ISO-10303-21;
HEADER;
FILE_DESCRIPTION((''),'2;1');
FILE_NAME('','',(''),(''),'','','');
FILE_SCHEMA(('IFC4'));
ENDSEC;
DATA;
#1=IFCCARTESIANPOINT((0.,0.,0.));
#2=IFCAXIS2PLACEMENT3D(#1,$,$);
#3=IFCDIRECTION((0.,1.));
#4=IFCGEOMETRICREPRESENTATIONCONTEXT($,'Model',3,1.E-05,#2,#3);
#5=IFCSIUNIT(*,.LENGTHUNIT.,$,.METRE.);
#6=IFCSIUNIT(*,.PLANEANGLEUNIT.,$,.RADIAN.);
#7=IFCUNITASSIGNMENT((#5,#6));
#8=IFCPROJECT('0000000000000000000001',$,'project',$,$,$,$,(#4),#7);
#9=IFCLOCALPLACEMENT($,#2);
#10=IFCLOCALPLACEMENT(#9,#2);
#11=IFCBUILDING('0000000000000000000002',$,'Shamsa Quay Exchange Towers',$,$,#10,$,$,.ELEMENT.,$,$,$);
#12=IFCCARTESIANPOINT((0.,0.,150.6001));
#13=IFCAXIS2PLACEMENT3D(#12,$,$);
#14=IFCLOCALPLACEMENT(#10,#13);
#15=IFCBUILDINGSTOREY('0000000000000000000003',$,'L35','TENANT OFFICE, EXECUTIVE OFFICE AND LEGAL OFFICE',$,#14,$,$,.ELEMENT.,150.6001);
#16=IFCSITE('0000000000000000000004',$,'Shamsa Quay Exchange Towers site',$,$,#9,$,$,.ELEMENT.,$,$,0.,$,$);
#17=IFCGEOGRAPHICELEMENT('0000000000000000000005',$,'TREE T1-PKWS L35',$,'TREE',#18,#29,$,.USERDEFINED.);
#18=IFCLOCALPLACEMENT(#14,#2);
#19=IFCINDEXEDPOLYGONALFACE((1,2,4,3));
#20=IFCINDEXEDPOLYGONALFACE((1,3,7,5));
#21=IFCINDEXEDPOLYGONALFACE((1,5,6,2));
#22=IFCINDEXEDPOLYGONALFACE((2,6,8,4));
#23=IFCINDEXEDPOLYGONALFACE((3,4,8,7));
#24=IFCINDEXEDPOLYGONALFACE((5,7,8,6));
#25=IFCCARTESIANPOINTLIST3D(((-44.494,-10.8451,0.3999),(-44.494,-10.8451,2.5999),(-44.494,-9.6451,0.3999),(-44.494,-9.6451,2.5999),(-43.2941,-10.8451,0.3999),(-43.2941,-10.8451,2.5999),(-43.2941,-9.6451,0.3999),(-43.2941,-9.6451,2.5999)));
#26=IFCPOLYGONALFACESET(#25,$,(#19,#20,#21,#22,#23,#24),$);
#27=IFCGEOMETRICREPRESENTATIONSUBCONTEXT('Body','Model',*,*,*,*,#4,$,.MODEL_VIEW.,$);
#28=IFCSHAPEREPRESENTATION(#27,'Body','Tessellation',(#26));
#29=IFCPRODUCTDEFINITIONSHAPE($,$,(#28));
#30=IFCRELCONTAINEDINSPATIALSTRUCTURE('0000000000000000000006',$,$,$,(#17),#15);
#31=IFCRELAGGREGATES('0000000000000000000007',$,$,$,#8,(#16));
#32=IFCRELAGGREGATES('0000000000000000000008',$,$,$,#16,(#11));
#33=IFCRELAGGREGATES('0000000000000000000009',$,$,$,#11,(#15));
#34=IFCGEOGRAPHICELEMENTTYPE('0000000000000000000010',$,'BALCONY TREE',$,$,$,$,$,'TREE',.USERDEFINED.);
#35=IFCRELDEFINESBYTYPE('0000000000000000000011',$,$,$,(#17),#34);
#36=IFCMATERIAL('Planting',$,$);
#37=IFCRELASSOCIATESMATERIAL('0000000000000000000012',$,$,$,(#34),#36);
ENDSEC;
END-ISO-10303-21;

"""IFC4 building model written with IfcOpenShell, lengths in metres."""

from ifc_helpers import new_model, si_unit, direction, frame, origin, origin_2d, place, context, subcontext, project, spatial, rectangle, extrude, material, type_object, element, save


model = new_model("IFC4")

# Units and contexts
model_context = context("Model", 3, precision=1e-05, world=origin(), true_north=direction((0.0, 1.0)))
body_context = subcontext(model_context, "Body", "Model", "MODEL_VIEW")
ifc_project = project(units=[si_unit("LENGTHUNIT", "METRE"), si_unit("PLANEANGLEUNIT", "RADIAN")], contexts=[model_context])

# Site, building, storey
site_placement = place(None, origin())
site = spatial("IfcSite", under=ifc_project, at=site_placement, Name="Shamsa Quay Exchange Towers site", CompositionType="ELEMENT", RefElevation=0.0)
building_placement = place(site_placement, origin())
building = spatial("IfcBuilding", under=site, at=building_placement, Name="Shamsa Quay Exchange Towers", CompositionType="ELEMENT")
storey_placement = place(building_placement, frame((0.0, 0.0, 150.6001)))
storey = spatial("IfcBuildingStorey", under=building, at=storey_placement, Name="L35", Description="TENANT OFFICE, EXECUTIVE OFFICE AND LEGAL OFFICE", CompositionType="ELEMENT", Elevation=150.6001)

# Geographic element
ifc_material_1 = material(Name="Planting")
geographic_element_type = type_object("IfcGeographicElementType", Name="BALCONY TREE", ElementType="TREE", PredefinedType="USERDEFINED", material=ifc_material_1)
geographic_element_placement = place(storey_placement, frame((-43.894, -10.2451, 0.3999)))
element("IfcGeographicElement", 1, at=geographic_element_placement, inside=storey, type_object=geographic_element_type, Name="TREE T1-PKWS L35", ObjectType="TREE", PredefinedType="USERDEFINED", context=body_context, shape_type="SweptSolid", body=[
    extrude(rectangle(XDim=1.2, YDim=1.2, at=origin_2d()), origin(), (0.0, 0.0, 1.0), 2.2),
])

save(model, "model.ifc")
